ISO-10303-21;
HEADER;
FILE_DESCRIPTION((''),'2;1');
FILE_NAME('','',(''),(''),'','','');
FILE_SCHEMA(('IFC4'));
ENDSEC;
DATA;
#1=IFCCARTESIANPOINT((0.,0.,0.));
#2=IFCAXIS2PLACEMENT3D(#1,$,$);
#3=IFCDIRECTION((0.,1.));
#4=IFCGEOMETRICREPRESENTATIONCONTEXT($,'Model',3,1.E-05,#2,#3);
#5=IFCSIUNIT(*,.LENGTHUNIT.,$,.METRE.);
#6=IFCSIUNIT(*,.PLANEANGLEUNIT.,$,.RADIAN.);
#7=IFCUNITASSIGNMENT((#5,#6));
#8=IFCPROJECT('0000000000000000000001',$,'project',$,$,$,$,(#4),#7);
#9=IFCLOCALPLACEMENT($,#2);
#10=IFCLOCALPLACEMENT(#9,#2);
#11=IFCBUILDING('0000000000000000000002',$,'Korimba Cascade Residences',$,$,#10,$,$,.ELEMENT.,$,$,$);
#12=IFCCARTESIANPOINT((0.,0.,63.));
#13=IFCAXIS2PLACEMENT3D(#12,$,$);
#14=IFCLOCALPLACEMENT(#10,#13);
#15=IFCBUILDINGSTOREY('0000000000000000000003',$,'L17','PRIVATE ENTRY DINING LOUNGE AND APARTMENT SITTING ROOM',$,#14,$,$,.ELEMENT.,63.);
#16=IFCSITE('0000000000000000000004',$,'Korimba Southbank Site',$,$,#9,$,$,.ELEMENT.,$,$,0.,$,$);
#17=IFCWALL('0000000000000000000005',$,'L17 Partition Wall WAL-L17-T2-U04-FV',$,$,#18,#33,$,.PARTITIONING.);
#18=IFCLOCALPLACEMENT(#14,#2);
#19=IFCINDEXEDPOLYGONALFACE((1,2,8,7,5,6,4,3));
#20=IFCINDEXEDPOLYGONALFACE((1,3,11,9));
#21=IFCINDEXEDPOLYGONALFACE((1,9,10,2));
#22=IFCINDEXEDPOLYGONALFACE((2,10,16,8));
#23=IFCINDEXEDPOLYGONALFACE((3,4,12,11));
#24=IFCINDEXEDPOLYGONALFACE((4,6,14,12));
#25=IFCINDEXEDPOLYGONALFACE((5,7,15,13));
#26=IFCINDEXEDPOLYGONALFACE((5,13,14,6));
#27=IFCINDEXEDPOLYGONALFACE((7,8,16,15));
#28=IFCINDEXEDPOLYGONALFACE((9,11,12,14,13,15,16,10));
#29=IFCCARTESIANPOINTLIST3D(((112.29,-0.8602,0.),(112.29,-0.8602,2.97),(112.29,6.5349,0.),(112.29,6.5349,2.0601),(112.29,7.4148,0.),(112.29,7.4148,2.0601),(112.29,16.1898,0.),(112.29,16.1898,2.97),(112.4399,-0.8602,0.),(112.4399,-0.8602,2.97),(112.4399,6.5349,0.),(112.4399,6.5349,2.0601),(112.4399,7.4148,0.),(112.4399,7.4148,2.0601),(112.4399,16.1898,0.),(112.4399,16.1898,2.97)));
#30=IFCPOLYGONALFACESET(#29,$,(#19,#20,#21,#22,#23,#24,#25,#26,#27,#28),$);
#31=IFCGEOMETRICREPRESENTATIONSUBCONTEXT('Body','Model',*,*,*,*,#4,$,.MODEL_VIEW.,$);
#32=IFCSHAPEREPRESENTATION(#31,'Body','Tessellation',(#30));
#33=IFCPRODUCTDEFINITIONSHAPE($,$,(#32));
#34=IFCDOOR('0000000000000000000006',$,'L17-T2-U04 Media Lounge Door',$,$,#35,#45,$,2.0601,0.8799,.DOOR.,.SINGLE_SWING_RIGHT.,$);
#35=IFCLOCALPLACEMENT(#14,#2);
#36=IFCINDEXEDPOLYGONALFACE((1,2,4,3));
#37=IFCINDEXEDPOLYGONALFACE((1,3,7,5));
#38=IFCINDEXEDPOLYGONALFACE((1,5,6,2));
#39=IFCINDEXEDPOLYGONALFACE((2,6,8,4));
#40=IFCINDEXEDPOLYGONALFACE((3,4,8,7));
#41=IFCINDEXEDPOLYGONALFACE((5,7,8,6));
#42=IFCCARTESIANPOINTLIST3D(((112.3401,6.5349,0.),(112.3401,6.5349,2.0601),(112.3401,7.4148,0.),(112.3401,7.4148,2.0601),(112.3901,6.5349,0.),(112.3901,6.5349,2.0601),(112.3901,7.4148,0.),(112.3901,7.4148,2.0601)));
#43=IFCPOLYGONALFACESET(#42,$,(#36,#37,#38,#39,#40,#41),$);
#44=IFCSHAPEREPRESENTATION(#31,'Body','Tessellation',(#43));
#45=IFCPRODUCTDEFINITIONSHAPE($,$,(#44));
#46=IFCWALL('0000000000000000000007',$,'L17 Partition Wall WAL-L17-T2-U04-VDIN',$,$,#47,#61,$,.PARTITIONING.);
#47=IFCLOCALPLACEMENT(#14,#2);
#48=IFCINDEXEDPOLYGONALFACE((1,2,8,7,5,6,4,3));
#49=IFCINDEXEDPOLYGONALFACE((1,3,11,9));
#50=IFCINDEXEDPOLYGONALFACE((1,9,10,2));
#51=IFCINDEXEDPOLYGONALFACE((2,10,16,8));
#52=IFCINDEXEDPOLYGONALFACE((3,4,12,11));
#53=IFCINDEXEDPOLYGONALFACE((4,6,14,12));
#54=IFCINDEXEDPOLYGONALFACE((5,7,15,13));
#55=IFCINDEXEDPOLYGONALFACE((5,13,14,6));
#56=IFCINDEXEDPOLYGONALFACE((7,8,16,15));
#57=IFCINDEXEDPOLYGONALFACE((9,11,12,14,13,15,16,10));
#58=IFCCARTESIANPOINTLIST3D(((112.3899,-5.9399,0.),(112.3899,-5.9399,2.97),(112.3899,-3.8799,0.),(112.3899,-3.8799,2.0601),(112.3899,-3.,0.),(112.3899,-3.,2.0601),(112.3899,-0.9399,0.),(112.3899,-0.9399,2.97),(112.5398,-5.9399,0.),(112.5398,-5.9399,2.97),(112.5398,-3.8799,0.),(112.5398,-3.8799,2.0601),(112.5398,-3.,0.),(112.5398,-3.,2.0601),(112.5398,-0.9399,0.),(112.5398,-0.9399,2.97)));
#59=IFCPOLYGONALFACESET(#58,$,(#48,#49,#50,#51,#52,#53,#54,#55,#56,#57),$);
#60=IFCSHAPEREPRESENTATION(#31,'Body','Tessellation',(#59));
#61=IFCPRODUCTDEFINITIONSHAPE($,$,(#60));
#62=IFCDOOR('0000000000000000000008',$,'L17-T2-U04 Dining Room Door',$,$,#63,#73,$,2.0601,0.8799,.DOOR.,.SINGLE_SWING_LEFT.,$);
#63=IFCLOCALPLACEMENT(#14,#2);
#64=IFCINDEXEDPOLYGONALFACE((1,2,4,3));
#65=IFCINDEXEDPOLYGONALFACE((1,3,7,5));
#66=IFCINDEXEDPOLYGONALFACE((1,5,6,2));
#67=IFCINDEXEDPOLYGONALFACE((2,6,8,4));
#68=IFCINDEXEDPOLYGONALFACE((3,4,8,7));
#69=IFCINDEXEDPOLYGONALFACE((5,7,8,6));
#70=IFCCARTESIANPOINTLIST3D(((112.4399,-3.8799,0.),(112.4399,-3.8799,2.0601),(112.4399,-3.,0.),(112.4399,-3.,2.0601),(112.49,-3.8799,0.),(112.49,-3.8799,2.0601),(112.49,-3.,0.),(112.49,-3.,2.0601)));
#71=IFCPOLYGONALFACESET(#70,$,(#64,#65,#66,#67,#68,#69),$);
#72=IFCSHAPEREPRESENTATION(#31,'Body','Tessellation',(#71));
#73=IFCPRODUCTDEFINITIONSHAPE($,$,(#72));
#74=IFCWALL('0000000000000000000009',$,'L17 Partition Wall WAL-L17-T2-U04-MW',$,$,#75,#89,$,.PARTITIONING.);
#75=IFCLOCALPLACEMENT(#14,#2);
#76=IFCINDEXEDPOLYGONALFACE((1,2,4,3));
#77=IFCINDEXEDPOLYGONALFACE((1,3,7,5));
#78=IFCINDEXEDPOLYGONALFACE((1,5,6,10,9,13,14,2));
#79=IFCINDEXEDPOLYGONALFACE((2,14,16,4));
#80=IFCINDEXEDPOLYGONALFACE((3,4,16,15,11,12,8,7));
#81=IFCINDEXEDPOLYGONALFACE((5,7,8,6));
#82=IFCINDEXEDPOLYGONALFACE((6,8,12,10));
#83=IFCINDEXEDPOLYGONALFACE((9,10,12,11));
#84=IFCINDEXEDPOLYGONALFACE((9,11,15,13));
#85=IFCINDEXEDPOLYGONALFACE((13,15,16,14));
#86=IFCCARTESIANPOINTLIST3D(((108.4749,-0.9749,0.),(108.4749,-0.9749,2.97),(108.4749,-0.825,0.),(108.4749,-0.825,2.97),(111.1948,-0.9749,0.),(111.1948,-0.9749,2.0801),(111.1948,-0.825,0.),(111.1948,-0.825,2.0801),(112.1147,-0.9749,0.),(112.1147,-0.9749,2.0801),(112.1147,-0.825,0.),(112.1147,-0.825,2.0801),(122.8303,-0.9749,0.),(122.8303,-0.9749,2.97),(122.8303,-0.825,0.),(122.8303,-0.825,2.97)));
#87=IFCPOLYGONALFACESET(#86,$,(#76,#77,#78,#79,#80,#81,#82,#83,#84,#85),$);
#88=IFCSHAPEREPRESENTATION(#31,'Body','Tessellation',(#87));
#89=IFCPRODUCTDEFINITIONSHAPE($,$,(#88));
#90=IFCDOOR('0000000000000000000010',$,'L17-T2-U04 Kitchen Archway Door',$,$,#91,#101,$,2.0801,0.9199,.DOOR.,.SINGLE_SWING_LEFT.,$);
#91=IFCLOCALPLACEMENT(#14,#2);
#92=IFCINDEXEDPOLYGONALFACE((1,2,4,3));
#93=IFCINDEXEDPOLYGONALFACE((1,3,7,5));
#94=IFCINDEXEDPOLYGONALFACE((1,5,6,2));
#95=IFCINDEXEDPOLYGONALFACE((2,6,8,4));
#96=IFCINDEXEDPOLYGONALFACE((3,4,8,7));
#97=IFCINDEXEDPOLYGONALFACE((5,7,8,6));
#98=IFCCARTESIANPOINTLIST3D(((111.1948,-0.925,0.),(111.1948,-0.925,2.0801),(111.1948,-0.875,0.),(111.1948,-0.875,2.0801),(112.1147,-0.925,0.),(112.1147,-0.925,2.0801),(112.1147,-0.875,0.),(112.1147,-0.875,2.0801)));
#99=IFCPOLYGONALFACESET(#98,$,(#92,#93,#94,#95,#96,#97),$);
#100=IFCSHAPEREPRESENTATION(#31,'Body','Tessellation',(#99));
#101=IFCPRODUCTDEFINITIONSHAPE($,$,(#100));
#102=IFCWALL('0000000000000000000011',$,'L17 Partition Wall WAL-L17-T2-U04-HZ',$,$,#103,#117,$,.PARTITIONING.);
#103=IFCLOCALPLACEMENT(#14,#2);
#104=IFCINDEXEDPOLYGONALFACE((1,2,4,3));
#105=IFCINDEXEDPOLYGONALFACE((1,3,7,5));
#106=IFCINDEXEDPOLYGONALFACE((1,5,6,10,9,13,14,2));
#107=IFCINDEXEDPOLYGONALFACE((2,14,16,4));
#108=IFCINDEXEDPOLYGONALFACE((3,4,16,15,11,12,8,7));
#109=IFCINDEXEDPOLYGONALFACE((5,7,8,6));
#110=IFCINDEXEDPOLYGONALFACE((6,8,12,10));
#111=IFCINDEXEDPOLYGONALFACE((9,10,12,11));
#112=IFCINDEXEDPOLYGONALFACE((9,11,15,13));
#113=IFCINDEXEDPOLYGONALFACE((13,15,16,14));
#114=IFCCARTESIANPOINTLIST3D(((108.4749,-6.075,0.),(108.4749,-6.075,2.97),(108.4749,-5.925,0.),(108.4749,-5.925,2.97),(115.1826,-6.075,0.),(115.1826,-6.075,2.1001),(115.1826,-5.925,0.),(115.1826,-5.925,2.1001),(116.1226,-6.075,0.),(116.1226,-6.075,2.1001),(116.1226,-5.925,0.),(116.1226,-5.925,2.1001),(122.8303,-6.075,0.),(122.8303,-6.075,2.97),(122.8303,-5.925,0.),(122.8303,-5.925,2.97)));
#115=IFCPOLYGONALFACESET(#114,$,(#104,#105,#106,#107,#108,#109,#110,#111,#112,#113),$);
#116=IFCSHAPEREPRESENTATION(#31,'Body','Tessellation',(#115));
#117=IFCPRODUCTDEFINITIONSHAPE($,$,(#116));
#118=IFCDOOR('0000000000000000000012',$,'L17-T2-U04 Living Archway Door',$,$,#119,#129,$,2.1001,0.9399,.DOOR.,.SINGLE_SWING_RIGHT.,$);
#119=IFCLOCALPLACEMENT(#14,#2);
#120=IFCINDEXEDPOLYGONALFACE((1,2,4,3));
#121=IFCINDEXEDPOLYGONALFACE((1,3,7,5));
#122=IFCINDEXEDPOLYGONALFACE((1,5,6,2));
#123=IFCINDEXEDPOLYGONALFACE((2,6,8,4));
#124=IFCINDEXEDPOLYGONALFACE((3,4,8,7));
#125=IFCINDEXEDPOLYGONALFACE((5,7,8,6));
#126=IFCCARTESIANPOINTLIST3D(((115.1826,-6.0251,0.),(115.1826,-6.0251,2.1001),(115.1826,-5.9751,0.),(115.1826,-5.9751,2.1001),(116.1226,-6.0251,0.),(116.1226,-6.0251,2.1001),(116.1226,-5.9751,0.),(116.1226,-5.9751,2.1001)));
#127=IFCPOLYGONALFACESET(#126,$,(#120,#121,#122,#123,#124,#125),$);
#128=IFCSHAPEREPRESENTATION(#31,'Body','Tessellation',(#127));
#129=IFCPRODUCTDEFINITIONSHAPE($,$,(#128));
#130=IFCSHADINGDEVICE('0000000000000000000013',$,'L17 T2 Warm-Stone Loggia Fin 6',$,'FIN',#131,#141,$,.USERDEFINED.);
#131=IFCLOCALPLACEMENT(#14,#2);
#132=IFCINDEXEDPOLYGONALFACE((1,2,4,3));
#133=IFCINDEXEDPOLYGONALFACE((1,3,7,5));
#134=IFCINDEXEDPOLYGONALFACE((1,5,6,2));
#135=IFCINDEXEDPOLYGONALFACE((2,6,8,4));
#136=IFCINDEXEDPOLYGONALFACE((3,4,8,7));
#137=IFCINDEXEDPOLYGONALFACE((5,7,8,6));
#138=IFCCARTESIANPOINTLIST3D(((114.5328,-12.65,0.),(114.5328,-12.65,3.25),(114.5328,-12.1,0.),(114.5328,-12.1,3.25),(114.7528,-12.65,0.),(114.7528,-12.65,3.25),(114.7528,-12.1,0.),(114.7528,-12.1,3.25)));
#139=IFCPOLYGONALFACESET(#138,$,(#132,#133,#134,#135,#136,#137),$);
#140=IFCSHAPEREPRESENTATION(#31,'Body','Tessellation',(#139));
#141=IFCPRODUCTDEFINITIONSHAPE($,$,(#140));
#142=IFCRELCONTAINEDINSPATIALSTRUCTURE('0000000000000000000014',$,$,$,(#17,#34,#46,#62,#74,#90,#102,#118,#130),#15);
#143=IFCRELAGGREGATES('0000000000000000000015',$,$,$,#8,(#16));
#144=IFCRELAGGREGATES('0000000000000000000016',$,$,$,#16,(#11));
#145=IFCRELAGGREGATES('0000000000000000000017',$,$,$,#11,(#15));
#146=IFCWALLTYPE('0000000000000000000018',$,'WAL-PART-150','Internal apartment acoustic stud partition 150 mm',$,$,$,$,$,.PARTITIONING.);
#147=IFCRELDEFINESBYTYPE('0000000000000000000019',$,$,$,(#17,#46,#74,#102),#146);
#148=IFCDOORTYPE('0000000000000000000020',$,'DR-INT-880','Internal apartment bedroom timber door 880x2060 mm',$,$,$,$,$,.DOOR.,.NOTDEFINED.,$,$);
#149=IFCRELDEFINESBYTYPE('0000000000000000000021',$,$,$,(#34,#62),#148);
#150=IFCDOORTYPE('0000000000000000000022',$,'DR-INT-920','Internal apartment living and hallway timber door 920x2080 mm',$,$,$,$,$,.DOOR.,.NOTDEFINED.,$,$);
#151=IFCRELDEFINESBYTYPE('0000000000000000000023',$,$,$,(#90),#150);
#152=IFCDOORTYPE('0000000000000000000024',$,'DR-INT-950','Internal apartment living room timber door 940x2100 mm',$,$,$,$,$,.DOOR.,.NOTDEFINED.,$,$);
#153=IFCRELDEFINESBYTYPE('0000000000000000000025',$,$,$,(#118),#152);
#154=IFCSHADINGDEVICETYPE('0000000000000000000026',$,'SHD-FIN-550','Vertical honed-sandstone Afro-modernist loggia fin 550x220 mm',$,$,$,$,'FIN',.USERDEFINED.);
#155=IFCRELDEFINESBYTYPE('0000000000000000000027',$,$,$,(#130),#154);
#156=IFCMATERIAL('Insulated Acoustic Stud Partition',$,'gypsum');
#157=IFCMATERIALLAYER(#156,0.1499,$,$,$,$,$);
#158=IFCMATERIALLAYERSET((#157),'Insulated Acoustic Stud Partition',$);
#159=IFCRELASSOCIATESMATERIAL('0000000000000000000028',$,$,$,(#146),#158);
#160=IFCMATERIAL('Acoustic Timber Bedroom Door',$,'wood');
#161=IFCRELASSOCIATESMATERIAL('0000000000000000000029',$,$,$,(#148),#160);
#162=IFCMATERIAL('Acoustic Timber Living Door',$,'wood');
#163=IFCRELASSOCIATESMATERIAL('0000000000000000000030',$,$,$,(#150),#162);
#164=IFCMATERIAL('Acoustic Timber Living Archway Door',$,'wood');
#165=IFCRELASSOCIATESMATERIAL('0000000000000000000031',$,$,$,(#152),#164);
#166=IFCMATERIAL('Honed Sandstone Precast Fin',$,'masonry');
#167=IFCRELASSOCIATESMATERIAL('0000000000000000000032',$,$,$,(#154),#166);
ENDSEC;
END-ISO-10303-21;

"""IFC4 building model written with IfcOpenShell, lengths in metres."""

from ifc_helpers import new_model, si_unit, direction, frame, frame_2d, origin, origin_2d, place, context, subcontext, project, spatial, rectangle, extrude, material, layer, layer_set, type_object, element, fill, save


model = new_model("IFC4")

# Units and contexts
model_context = context("Model", 3, precision=1e-05, world=origin(), true_north=direction((0.0, 1.0)))
body_context = subcontext(model_context, "Body", "Model", "MODEL_VIEW")
ifc_project = project(units=[si_unit("LENGTHUNIT", "METRE"), si_unit("PLANEANGLEUNIT", "RADIAN")], contexts=[model_context])

# Site, building, storey
site_placement = place(None, origin())
site = spatial("IfcSite", under=ifc_project, at=site_placement, Name="Korimba Southbank Site", CompositionType="ELEMENT", RefElevation=0.0)
building_placement = place(site_placement, origin())
building = spatial("IfcBuilding", under=site, at=building_placement, Name="Korimba Cascade Residences", CompositionType="ELEMENT")
storey_placement = place(building_placement, frame((0.0, 0.0, 63.0)))
storey = spatial("IfcBuildingStorey", under=building, at=storey_placement, Name="L17", Description="PRIVATE ENTRY DINING LOUNGE AND APARTMENT SITTING ROOM", CompositionType="ELEMENT", Elevation=63.0)

# Shared definitions
ifc_material_1 = material(Name="Insulated Acoustic Stud Partition", Category="gypsum")
ifc_layer_1 = layer(ifc_material_1, 0.1499)
ifc_layer_set_1 = layer_set([ifc_layer_1], Name="Insulated Acoustic Stud Partition")
wall_type_1 = type_object("IfcWallType", Name="WAL-PART-150", Description="Internal apartment acoustic stud partition 150 mm", PredefinedType="PARTITIONING", material=ifc_layer_set_1)
ifc_material_2 = material(Name="Acoustic Timber Bedroom Door", Category="wood")
door_type_1 = type_object("IfcDoorType", Name="DR-INT-880", Description="Internal apartment bedroom timber door 880x2060 mm", OperationType="NOTDEFINED", PredefinedType="DOOR", material=ifc_material_2)

# Walls, openings, doors
wall_1_placement = place(storey_placement, frame((112.365, -0.8601, 0.0), z_axis=(0.0, 0.0, 1.0), x_axis=(0.0, 1.0, 0.0)))
wall_1 = element("IfcWall", 1, at=wall_1_placement, inside=storey, type_object=wall_type_1, Name="L17 Partition Wall WAL-L17-T2-U04-FV", PredefinedType="PARTITIONING", context=body_context, shape_type="SweptSolid", body=[
    extrude(rectangle(XDim=17.05, YDim=0.1499, at=frame_2d((8.5249, 0.0))), origin(), (0.0, 0.0, 1.0), 2.97),
])
opening_1_placement = place(wall_1_placement, frame((7.395, 0.0, 0.0)))
opening_1 = element("IfcOpeningElement", 2, at=opening_1_placement, cuts=wall_1, PredefinedType="OPENING", context=body_context, shape_type="SweptSolid", body=[
    extrude(rectangle(XDim=0.8799, YDim=2.0601, at=frame_2d((0.4399, 1.03))), frame((0.0, 0.085, 0.0), z_axis=(0.0, -1.0, 0.0), x_axis=(1.0, 0.0, 0.0)), (0.0, 0.0, 1.0), 0.1699),
])
door_1_placement = place(opening_1_placement, origin())
door_1 = element("IfcDoor", 3, at=door_1_placement, inside=storey, type_object=door_type_1, Name="L17-T2-U04 Media Lounge Door", OperationType="SINGLE_SWING_RIGHT", OverallHeight=2.0601, OverallWidth=0.8799, PredefinedType="DOOR", context=body_context, shape_type="SweptSolid", body=[
    extrude(rectangle(XDim=0.8799, YDim=2.0601, at=frame_2d((0.4399, 1.03))), frame((0.0, 0.0249, 0.0), z_axis=(0.0, -1.0, 0.0), x_axis=(1.0, 0.0, 0.0)), (0.0, 0.0, 1.0), 0.05),
])
fill(opening_1, door_1)
wall_2_placement = place(storey_placement, frame((112.4648, -5.9399, 0.0), z_axis=(0.0, 0.0, 1.0), x_axis=(0.0, 1.0, 0.0)))
wall_2 = element("IfcWall", 4, at=wall_2_placement, inside=storey, type_object=wall_type_1, Name="L17 Partition Wall WAL-L17-T2-U04-VDIN", PredefinedType="PARTITIONING", context=body_context, shape_type="SweptSolid", body=[
    extrude(rectangle(XDim=5.0, YDim=0.1499, at=frame_2d((2.5, 0.0))), origin(), (0.0, 0.0, 1.0), 2.97),
])
opening_2_placement = place(wall_2_placement, frame((2.0601, 0.0, 0.0)))
opening_2 = element("IfcOpeningElement", 5, at=opening_2_placement, cuts=wall_2, PredefinedType="OPENING", context=body_context, shape_type="SweptSolid", body=[
    extrude(rectangle(XDim=0.8799, YDim=2.0601, at=frame_2d((0.4399, 1.03))), frame((0.0, 0.085, 0.0), z_axis=(0.0, -1.0, 0.0), x_axis=(1.0, 0.0, 0.0)), (0.0, 0.0, 1.0), 0.1699),
])
door_2_placement = place(opening_2_placement, origin())
door_2 = element("IfcDoor", 6, at=door_2_placement, inside=storey, type_object=door_type_1, Name="L17-T2-U04 Dining Room Door", OperationType="SINGLE_SWING_LEFT", OverallHeight=2.0601, OverallWidth=0.8799, PredefinedType="DOOR", context=body_context, shape_type="SweptSolid", body=[
    extrude(rectangle(XDim=0.8799, YDim=2.0601, at=frame_2d((0.4399, 1.03))), frame((0.0, 0.0249, 0.0), z_axis=(0.0, -1.0, 0.0), x_axis=(1.0, 0.0, 0.0)), (0.0, 0.0, 1.0), 0.05),
])
fill(opening_2, door_2)
wall_3_placement = place(storey_placement, frame((108.4749, -0.8999, 0.0), z_axis=(0.0, 0.0, 1.0), x_axis=(1.0, 0.0, 0.0)))
wall_3 = element("IfcWall", 7, at=wall_3_placement, inside=storey, type_object=wall_type_1, Name="L17 Partition Wall WAL-L17-T2-U04-MW", PredefinedType="PARTITIONING", context=body_context, shape_type="SweptSolid", body=[
    extrude(rectangle(XDim=14.3555, YDim=0.1499, at=frame_2d((7.1777, 0.0))), origin(), (0.0, 0.0, 1.0), 2.97),
])
opening_3_placement = place(wall_3_placement, frame((2.72, 0.0, 0.0)))
opening_3 = element("IfcOpeningElement", 8, at=opening_3_placement, cuts=wall_3, PredefinedType="OPENING", context=body_context, shape_type="SweptSolid", body=[
    extrude(rectangle(XDim=0.9199, YDim=2.0801, at=frame_2d((0.46, 1.04))), frame((0.0, 0.085, 0.0), z_axis=(0.0, -1.0, 0.0), x_axis=(1.0, 0.0, 0.0)), (0.0, 0.0, 1.0), 0.1699),
])
ifc_material_3 = material(Name="Acoustic Timber Living Door", Category="wood")
door_type_2 = type_object("IfcDoorType", Name="DR-INT-920", Description="Internal apartment living and hallway timber door 920x2080 mm", OperationType="NOTDEFINED", PredefinedType="DOOR", material=ifc_material_3)
door_3_placement = place(opening_3_placement, origin())
door_3 = element("IfcDoor", 9, at=door_3_placement, inside=storey, type_object=door_type_2, Name="L17-T2-U04 Kitchen Archway Door", OperationType="SINGLE_SWING_LEFT", OverallHeight=2.0801, OverallWidth=0.9199, PredefinedType="DOOR", context=body_context, shape_type="SweptSolid", body=[
    extrude(rectangle(XDim=0.9199, YDim=2.0801, at=frame_2d((0.46, 1.04))), frame((0.0, 0.0249, 0.0), z_axis=(0.0, -1.0, 0.0), x_axis=(1.0, 0.0, 0.0)), (0.0, 0.0, 1.0), 0.05),
])
fill(opening_3, door_3)
wall_4_placement = place(storey_placement, frame((108.4749, -6.0, 0.0), z_axis=(0.0, 0.0, 1.0), x_axis=(1.0, 0.0, 0.0)))
wall_4 = element("IfcWall", 10, at=wall_4_placement, inside=storey, type_object=wall_type_1, Name="L17 Partition Wall WAL-L17-T2-U04-HZ", PredefinedType="PARTITIONING", context=body_context, shape_type="SweptSolid", body=[
    extrude(rectangle(XDim=14.3555, YDim=0.1499, at=frame_2d((7.1777, 0.0))), origin(), (0.0, 0.0, 1.0), 2.97),
])
opening_4_placement = place(wall_4_placement, frame((6.7078, 0.0, 0.0)))
opening_4 = element("IfcOpeningElement", 11, at=opening_4_placement, cuts=wall_4, PredefinedType="OPENING", context=body_context, shape_type="SweptSolid", body=[
    extrude(rectangle(XDim=0.9399, YDim=2.1001, at=frame_2d((0.47, 1.05))), frame((0.0, 0.085, 0.0), z_axis=(0.0, -1.0, 0.0), x_axis=(1.0, 0.0, 0.0)), (0.0, 0.0, 1.0), 0.1699),
])
ifc_material_4 = material(Name="Acoustic Timber Living Archway Door", Category="wood")
door_type_3 = type_object("IfcDoorType", Name="DR-INT-950", Description="Internal apartment living room timber door 940x2100 mm", OperationType="NOTDEFINED", PredefinedType="DOOR", material=ifc_material_4)
door_4_placement = place(opening_4_placement, origin())
door_4 = element("IfcDoor", 12, at=door_4_placement, inside=storey, type_object=door_type_3, Name="L17-T2-U04 Living Archway Door", OperationType="SINGLE_SWING_RIGHT", OverallHeight=2.1001, OverallWidth=0.9399, PredefinedType="DOOR", context=body_context, shape_type="SweptSolid", body=[
    extrude(rectangle(XDim=0.9399, YDim=2.1001, at=frame_2d((0.47, 1.05))), frame((0.0, 0.0249, 0.0), z_axis=(0.0, -1.0, 0.0), x_axis=(1.0, 0.0, 0.0)), (0.0, 0.0, 1.0), 0.05),
])
fill(opening_4, door_4)

# Shading device
ifc_material_5 = material(Name="Honed Sandstone Precast Fin", Category="masonry")
shading_device_type = type_object("IfcShadingDeviceType", Name="SHD-FIN-550", Description="Vertical honed-sandstone Afro-modernist loggia fin 550x220 mm", ElementType="FIN", PredefinedType="USERDEFINED", material=ifc_material_5)
shading_device_placement = place(storey_placement, frame((114.6428, -12.375, 0.0), z_axis=(0.0, 0.0, 1.0), x_axis=(1.0, 0.0, 0.0)))
element("IfcShadingDevice", 13, at=shading_device_placement, inside=storey, type_object=shading_device_type, Name="L17 T2 Warm-Stone Loggia Fin 6", ObjectType="FIN", PredefinedType="USERDEFINED", context=body_context, shape_type="SweptSolid", body=[
    extrude(rectangle(XDim=0.22, YDim=0.55, at=origin_2d()), origin(), (0.0, 0.0, 1.0), 3.25),
])

save(model, "model.ifc")
